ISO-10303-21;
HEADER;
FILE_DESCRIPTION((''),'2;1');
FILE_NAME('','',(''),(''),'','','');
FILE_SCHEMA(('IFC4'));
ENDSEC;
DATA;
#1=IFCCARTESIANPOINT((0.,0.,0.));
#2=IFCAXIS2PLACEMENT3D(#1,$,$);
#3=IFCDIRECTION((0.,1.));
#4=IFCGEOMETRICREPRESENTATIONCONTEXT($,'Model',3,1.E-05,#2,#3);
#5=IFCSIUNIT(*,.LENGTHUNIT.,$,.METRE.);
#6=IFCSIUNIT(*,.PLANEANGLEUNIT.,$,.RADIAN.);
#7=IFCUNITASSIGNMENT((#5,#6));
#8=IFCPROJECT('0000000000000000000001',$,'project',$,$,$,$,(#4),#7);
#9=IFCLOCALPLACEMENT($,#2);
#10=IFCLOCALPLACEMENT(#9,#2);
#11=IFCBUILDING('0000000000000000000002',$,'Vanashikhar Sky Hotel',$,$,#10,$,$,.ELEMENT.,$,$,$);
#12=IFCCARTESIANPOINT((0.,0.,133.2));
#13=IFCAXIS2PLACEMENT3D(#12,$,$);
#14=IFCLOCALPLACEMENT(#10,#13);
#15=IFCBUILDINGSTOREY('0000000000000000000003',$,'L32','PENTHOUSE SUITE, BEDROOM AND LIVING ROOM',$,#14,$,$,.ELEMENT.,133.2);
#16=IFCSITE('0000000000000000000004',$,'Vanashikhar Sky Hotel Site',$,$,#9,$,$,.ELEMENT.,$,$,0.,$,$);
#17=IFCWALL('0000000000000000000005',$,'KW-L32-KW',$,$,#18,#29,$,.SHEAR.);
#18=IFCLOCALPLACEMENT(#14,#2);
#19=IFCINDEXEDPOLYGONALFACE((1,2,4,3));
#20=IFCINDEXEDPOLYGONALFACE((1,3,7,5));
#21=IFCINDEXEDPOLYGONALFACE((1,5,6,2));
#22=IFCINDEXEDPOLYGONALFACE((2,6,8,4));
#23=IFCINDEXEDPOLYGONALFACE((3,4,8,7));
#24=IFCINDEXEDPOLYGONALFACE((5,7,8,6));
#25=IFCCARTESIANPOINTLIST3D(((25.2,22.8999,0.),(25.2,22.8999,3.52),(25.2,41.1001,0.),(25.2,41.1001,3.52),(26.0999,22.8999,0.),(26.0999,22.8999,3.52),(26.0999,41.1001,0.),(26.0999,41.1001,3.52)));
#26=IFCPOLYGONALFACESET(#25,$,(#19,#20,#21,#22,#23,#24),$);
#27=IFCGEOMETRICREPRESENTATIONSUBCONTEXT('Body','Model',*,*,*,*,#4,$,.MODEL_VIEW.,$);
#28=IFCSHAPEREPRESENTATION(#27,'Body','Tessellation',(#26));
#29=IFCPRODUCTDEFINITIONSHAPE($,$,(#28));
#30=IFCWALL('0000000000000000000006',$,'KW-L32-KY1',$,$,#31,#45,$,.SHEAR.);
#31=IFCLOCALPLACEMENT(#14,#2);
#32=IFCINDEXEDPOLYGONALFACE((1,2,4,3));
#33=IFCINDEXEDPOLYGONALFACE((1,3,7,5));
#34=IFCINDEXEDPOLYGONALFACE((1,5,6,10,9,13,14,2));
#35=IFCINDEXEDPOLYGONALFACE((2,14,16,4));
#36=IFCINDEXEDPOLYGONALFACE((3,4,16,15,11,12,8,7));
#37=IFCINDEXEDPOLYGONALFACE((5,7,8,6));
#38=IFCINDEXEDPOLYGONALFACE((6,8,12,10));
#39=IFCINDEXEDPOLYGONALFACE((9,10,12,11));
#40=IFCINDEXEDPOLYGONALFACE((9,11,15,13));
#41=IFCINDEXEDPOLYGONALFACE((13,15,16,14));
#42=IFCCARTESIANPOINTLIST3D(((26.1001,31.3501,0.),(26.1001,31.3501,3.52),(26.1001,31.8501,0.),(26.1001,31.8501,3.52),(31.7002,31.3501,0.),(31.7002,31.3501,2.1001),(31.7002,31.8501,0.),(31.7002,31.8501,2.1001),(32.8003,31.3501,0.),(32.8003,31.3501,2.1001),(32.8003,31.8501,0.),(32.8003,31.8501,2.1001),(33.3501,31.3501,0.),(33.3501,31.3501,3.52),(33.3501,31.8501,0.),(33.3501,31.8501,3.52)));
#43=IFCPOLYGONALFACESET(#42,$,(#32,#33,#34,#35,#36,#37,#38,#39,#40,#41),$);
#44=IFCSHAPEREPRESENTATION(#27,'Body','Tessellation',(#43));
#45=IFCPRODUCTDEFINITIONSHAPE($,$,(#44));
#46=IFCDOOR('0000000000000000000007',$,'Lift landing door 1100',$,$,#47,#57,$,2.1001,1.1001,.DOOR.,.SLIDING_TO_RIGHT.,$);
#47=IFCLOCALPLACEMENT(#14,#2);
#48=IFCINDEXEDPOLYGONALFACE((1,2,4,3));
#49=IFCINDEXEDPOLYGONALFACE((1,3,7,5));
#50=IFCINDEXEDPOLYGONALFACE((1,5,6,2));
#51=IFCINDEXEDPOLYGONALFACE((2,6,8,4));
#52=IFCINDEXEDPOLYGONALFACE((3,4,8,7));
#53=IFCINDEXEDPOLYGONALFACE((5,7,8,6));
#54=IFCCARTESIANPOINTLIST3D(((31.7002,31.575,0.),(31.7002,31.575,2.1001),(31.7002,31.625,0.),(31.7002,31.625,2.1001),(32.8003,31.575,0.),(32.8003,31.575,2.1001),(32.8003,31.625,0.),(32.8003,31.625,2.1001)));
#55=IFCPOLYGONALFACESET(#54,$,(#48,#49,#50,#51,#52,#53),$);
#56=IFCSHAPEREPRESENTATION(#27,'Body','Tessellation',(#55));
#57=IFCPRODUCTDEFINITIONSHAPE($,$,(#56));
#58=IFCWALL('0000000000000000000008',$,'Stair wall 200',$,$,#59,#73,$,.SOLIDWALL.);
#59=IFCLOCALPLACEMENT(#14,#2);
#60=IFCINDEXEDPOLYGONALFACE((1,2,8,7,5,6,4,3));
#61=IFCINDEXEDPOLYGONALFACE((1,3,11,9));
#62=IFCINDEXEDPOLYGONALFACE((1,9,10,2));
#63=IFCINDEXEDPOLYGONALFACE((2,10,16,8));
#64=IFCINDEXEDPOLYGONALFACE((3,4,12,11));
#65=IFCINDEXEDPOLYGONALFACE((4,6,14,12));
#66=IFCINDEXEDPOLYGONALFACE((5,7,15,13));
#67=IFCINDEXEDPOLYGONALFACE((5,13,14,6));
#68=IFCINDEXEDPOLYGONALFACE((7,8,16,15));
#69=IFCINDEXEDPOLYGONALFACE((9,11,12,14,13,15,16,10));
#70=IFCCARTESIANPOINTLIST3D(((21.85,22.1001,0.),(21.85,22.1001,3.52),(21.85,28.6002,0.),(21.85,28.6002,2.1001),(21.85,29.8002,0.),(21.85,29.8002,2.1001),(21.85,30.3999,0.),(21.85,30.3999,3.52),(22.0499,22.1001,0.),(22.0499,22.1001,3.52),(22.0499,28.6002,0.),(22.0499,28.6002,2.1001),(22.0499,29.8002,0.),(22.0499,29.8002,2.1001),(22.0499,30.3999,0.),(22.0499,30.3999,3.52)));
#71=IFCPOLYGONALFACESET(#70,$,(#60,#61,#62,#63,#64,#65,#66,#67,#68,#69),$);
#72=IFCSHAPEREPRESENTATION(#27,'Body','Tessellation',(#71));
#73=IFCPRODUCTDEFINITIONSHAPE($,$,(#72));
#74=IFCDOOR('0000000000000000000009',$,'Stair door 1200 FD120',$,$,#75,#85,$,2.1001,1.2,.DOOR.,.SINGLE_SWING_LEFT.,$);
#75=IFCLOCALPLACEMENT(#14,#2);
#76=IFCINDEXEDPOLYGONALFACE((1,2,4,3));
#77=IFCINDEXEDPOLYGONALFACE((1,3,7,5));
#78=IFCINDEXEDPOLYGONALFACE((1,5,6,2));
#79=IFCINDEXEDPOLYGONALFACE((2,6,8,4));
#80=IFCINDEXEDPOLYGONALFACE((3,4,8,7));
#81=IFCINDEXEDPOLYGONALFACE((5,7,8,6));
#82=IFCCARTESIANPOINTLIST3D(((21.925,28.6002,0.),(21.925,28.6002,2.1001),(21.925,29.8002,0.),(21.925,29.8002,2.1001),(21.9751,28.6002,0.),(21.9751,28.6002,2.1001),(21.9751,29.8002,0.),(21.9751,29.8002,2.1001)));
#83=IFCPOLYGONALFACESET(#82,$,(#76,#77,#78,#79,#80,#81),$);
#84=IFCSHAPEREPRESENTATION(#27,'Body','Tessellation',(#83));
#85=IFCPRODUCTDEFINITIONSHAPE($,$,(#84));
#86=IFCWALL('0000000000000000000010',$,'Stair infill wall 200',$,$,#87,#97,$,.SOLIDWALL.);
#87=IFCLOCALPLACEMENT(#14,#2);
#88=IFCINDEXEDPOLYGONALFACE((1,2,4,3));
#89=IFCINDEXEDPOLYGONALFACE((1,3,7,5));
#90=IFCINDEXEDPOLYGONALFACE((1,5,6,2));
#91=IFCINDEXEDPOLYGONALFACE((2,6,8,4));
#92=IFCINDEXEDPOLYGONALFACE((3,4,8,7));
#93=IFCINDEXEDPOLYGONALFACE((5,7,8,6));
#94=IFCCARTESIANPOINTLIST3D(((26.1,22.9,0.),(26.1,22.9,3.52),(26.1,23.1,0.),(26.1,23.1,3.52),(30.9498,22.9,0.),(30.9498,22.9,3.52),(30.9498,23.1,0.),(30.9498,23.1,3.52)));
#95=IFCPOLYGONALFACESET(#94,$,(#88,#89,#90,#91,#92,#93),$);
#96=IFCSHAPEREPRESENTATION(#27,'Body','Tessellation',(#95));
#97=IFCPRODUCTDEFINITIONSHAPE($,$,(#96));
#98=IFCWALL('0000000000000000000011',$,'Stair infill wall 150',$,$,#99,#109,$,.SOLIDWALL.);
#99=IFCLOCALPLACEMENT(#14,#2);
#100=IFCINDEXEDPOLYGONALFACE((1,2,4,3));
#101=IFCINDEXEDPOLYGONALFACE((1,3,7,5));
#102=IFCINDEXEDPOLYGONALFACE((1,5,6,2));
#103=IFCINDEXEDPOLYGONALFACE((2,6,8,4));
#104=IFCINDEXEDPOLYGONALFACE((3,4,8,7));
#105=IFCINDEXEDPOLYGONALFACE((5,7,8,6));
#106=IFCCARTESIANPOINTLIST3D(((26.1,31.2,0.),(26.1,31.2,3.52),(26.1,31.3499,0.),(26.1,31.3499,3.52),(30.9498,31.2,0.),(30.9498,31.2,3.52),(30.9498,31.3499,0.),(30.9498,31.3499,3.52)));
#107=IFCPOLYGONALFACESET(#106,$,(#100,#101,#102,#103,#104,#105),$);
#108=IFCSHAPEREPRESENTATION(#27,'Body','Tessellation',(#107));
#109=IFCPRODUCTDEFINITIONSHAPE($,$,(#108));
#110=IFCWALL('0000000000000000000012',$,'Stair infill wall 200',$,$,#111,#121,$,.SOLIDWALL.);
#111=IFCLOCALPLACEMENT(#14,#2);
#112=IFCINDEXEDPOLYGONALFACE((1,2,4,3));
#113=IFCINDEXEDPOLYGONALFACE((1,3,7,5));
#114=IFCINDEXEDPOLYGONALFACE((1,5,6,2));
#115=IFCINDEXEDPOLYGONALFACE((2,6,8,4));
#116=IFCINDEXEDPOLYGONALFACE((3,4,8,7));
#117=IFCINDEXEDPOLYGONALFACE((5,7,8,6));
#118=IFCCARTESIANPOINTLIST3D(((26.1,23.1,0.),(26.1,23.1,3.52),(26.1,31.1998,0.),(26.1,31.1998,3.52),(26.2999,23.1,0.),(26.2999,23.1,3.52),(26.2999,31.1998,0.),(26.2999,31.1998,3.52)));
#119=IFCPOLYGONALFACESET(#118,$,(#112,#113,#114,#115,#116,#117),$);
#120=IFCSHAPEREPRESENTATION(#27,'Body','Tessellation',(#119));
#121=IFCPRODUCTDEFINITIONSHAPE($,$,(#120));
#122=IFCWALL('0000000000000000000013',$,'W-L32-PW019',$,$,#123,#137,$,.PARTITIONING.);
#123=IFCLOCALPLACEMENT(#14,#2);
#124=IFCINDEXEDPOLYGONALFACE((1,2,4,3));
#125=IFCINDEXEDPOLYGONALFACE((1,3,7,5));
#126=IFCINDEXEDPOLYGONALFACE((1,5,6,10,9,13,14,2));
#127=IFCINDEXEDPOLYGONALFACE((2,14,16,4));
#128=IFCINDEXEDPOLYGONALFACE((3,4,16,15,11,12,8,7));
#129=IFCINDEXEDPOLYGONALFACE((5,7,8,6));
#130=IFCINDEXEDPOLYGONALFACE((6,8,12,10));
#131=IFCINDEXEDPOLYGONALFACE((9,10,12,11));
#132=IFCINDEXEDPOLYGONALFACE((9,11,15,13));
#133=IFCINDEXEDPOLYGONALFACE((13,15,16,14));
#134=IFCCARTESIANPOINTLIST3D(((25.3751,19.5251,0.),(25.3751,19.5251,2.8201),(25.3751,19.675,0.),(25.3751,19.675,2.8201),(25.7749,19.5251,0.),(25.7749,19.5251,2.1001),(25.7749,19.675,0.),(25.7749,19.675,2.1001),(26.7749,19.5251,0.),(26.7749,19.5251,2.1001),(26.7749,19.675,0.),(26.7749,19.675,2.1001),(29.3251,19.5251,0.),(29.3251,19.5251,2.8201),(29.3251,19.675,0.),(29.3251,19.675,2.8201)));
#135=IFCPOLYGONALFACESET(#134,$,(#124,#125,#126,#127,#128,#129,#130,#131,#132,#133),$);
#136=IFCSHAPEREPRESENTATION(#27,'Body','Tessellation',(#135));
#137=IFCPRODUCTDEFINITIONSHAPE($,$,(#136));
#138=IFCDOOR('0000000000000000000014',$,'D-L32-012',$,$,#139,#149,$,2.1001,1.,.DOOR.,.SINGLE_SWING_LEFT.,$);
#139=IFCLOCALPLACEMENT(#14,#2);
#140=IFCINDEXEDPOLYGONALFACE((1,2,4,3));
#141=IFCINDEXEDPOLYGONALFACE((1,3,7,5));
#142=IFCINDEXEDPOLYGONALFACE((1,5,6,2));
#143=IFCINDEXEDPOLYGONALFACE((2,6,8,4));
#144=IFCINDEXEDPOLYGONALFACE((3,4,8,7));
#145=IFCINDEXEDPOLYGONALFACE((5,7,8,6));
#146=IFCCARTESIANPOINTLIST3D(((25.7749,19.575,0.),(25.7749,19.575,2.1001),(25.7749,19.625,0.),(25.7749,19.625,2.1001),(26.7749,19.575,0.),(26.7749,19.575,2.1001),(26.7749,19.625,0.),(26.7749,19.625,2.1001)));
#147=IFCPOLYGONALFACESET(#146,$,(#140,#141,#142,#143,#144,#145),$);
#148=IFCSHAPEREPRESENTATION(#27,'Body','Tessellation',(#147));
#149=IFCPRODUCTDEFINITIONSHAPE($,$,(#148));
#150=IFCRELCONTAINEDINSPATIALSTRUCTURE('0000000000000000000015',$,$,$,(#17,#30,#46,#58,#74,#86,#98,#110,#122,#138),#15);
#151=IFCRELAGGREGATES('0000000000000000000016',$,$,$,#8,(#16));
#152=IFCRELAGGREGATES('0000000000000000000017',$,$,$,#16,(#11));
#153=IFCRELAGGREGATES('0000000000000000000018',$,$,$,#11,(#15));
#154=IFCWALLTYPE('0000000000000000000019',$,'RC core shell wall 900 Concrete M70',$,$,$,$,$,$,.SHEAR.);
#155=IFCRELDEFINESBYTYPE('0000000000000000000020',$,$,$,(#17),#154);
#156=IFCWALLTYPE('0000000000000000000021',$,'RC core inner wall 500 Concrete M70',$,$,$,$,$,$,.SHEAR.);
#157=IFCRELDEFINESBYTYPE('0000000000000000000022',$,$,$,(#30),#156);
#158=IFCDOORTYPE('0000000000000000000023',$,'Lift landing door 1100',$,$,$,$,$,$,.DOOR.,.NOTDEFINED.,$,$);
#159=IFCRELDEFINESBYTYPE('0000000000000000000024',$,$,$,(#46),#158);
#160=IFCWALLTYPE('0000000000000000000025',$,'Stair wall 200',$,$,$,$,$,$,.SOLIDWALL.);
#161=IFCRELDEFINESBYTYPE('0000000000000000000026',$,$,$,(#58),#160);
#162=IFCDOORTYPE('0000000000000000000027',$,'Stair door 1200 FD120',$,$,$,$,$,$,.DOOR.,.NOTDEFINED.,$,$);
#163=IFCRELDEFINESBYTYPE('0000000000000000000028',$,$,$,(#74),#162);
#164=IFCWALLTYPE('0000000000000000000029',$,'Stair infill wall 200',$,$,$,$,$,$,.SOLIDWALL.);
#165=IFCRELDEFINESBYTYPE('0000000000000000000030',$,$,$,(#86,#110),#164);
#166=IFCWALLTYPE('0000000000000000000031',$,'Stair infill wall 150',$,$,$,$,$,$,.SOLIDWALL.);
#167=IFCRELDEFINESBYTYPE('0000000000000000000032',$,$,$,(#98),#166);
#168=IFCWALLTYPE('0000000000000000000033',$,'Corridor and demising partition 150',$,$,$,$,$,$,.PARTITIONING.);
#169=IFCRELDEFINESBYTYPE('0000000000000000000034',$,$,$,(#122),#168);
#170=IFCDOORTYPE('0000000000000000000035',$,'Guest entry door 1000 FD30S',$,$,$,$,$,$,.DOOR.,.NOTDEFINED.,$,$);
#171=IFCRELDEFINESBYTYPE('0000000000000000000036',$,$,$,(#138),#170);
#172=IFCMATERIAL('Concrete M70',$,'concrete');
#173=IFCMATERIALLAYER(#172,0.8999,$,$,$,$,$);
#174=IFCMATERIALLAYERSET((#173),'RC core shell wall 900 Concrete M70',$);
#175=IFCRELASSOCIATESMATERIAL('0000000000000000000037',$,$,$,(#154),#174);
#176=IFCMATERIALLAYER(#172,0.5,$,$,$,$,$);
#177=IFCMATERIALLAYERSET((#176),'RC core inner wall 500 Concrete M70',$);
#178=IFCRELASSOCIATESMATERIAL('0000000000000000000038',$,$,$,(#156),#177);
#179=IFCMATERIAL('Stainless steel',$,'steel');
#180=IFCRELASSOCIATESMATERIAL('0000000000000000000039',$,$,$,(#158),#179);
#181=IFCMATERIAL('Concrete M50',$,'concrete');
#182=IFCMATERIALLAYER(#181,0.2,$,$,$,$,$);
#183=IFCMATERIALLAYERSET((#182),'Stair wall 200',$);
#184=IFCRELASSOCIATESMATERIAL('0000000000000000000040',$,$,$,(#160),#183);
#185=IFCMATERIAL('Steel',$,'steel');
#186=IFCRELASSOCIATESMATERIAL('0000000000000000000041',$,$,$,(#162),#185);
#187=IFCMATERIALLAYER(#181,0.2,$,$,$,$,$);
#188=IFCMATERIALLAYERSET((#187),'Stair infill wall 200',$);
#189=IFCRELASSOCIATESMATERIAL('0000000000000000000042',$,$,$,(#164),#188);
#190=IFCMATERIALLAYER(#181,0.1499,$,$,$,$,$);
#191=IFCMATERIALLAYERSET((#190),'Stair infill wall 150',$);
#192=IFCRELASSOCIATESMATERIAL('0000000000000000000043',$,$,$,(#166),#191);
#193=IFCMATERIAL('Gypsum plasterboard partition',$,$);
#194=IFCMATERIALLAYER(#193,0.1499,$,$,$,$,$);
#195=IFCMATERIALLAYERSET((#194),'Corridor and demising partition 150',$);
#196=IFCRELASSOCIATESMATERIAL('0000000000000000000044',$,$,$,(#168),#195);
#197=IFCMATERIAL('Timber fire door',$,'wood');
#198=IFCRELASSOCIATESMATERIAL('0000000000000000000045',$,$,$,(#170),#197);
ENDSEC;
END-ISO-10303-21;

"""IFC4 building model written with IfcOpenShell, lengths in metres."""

from ifc_helpers import new_model, si_unit, direction, frame, frame_2d, origin, place, context, subcontext, project, spatial, rectangle, extrude, source, transform, mapped, material, layer, layer_set, type_object, element, fill, save


model = new_model("IFC4")

# Units and contexts
model_context = context("Model", 3, precision=1e-05, world=origin(), true_north=direction((0.0, 1.0)))
body_context = subcontext(model_context, "Body", "Model", "MODEL_VIEW")
ifc_project = project(units=[si_unit("LENGTHUNIT", "METRE"), si_unit("PLANEANGLEUNIT", "RADIAN")], contexts=[model_context])

# Site, building, storey
site_placement = place(None, origin())
site = spatial("IfcSite", under=ifc_project, at=site_placement, Name="Vanashikhar Sky Hotel Site", CompositionType="ELEMENT", RefElevation=0.0)
building_placement = place(site_placement, origin())
building = spatial("IfcBuilding", under=site, at=building_placement, Name="Vanashikhar Sky Hotel", CompositionType="ELEMENT")
storey_placement = place(building_placement, frame((0.0, 0.0, 133.2)))
storey = spatial("IfcBuildingStorey", under=building, at=storey_placement, Name="L32", Description="PENTHOUSE SUITE, BEDROOM AND LIVING ROOM", CompositionType="ELEMENT", Elevation=133.2)

# Shared definitions
ifc_material_1 = material(Name="Concrete M70", Category="concrete")
ifc_layer_1 = layer(ifc_material_1, 0.8999)
ifc_layer_set_1 = layer_set([ifc_layer_1], Name="RC core shell wall 900 Concrete M70")
wall_type_1 = type_object("IfcWallType", Name="RC core shell wall 900 Concrete M70", PredefinedType="SHEAR", material=ifc_layer_set_1)
ifc_material_2 = material(Name="Steel", Category="steel")

# Wall
shared_shape_1 = source(origin(), body_context, "Body", "SweptSolid", [
    extrude(rectangle(XDim=18.2002, YDim=0.8999, at=frame_2d((9.1001, 0.0))), origin(), (0.0, 0.0, 1.0), 3.52),
])
wall_1_placement = place(storey_placement, frame((25.6499, 22.8999, 0.0), z_axis=(0.0, 0.0, 1.0), x_axis=(0.0, 1.0, 0.0)))
element("IfcWall", 1, at=wall_1_placement, inside=storey, type_object=wall_type_1, Name="KW-L32-KW", PredefinedType="SHEAR", context=body_context, shape_type="MappedRepresentation", body=[
    mapped(shared_shape_1, transform((0.0, 0.0, 0.0), scale=1.0)),
])

# Walls, openings, doors
ifc_layer_2 = layer(ifc_material_1, 0.5)
ifc_layer_set_2 = layer_set([ifc_layer_2], Name="RC core inner wall 500 Concrete M70")
wall_type_2 = type_object("IfcWallType", Name="RC core inner wall 500 Concrete M70", PredefinedType="SHEAR", material=ifc_layer_set_2)
shared_shape_2 = source(origin(), body_context, "Body", "SweptSolid", [
    extrude(rectangle(XDim=7.25, YDim=0.5, at=frame_2d((3.625, 0.0))), origin(), (0.0, 0.0, 1.0), 3.52),
])
wall_2_placement = place(storey_placement, frame((26.1001, 31.6001, 0.0), z_axis=(0.0, 0.0, 1.0), x_axis=(1.0, 0.0, 0.0)))
wall_2 = element("IfcWall", 2, at=wall_2_placement, inside=storey, type_object=wall_type_2, Name="KW-L32-KY1", PredefinedType="SHEAR", context=body_context, shape_type="MappedRepresentation", body=[
    mapped(shared_shape_2, transform((0.0, 0.0, 0.0), scale=1.0)),
])
shared_shape_3 = source(origin(), body_context, "Body", "SweptSolid", [
    extrude(rectangle(XDim=1.1001, YDim=2.1001, at=frame_2d((0.55, 1.05))), frame((0.0, 0.26, 0.0), z_axis=(0.0, -1.0, 0.0), x_axis=(1.0, 0.0, 0.0)), (0.0, 0.0, 1.0), 0.52),
])
opening_1_placement = place(wall_2_placement, frame((5.6001, 0.0, 0.0)))
opening_1 = element("IfcOpeningElement", 3, at=opening_1_placement, cuts=wall_2, PredefinedType="OPENING", context=body_context, shape_type="MappedRepresentation", body=[
    mapped(shared_shape_3, transform((0.0, 0.0, 0.0), scale=1.0)),
])
ifc_material_3 = material(Name="Stainless steel", Category="steel")
door_type_1 = type_object("IfcDoorType", Name="Lift landing door 1100", OperationType="NOTDEFINED", PredefinedType="DOOR", material=ifc_material_3)
shared_shape_4 = source(origin(), body_context, "Body", "SweptSolid", [
    extrude(rectangle(XDim=1.1001, YDim=2.1001, at=frame_2d((0.55, 1.05))), frame((0.0, 0.0249, 0.0), z_axis=(0.0, -1.0, 0.0), x_axis=(1.0, 0.0, 0.0)), (0.0, 0.0, 1.0), 0.05),
])
door_1_placement = place(opening_1_placement, origin())
door_1 = element("IfcDoor", 4, at=door_1_placement, inside=storey, type_object=door_type_1, Name="Lift landing door 1100", OperationType="SLIDING_TO_RIGHT", OverallHeight=2.1001, OverallWidth=1.1001, PredefinedType="DOOR", context=body_context, shape_type="MappedRepresentation", body=[
    mapped(shared_shape_4, transform((0.0, 0.0, 0.0), scale=1.0)),
])
fill(opening_1, door_1)
ifc_material_4 = material(Name="Concrete M50", Category="concrete")
ifc_layer_3 = layer(ifc_material_4, 0.2)
ifc_layer_set_3 = layer_set([ifc_layer_3], Name="Stair wall 200")
wall_type_3 = type_object("IfcWallType", Name="Stair wall 200", PredefinedType="SOLIDWALL", material=ifc_layer_set_3)
shared_shape_5 = source(origin(), body_context, "Body", "SweptSolid", [
    extrude(rectangle(XDim=8.2998, YDim=0.2, at=frame_2d((4.1499, 0.0))), origin(), (0.0, 0.0, 1.0), 3.52),
])
wall_3_placement = place(storey_placement, frame((21.95, 22.1001, 0.0), z_axis=(0.0, 0.0, 1.0), x_axis=(0.0, 1.0, 0.0)))
wall_3 = element("IfcWall", 5, at=wall_3_placement, inside=storey, type_object=wall_type_3, Name="Stair wall 200", PredefinedType="SOLIDWALL", context=body_context, shape_type="MappedRepresentation", body=[
    mapped(shared_shape_5, transform((0.0, 0.0, 0.0), scale=1.0)),
])
shared_shape_6 = source(origin(), body_context, "Body", "SweptSolid", [
    extrude(rectangle(XDim=1.2, YDim=2.1001, at=frame_2d((0.6001, 1.05))), frame((0.0, 0.1099, 0.0), z_axis=(0.0, -1.0, 0.0), x_axis=(1.0, 0.0, 0.0)), (0.0, 0.0, 1.0), 0.22),
])
opening_2_placement = place(wall_3_placement, frame((6.5, 0.0, 0.0)))
opening_2 = element("IfcOpeningElement", 6, at=opening_2_placement, cuts=wall_3, PredefinedType="OPENING", context=body_context, shape_type="MappedRepresentation", body=[
    mapped(shared_shape_6, transform((0.0, 0.0, 0.0), scale=1.0)),
])
door_type_2 = type_object("IfcDoorType", Name="Stair door 1200 FD120", OperationType="NOTDEFINED", PredefinedType="DOOR", material=ifc_material_2)
shared_shape_7 = source(origin(), body_context, "Body", "SweptSolid", [
    extrude(rectangle(XDim=1.2, YDim=2.1001, at=frame_2d((0.6001, 1.05))), frame((0.0, 0.0249, 0.0), z_axis=(0.0, -1.0, 0.0), x_axis=(1.0, 0.0, 0.0)), (0.0, 0.0, 1.0), 0.05),
])
door_2_placement = place(opening_2_placement, origin())
door_2 = element("IfcDoor", 7, at=door_2_placement, inside=storey, type_object=door_type_2, Name="Stair door 1200 FD120", OperationType="SINGLE_SWING_LEFT", OverallHeight=2.1001, OverallWidth=1.2, PredefinedType="DOOR", context=body_context, shape_type="MappedRepresentation", body=[
    mapped(shared_shape_7, transform((0.0, 0.0, 0.0), scale=1.0)),
])
fill(opening_2, door_2)

# Walls
ifc_layer_4 = layer(ifc_material_4, 0.2)
ifc_layer_set_4 = layer_set([ifc_layer_4], Name="Stair infill wall 200")
wall_type_4 = type_object("IfcWallType", Name="Stair infill wall 200", PredefinedType="SOLIDWALL", material=ifc_layer_set_4)
shared_shape_8 = source(origin(), body_context, "Body", "SweptSolid", [
    extrude(rectangle(XDim=4.8499, YDim=0.2, at=frame_2d((2.4248, 0.0))), origin(), (0.0, 0.0, 1.0), 3.52),
])
wall_4_placement = place(storey_placement, frame((26.1001, 23.0, 0.0), z_axis=(0.0, 0.0, 1.0), x_axis=(1.0, 0.0, 0.0)))
element("IfcWall", 8, at=wall_4_placement, inside=storey, type_object=wall_type_4, Name="Stair infill wall 200", PredefinedType="SOLIDWALL", context=body_context, shape_type="MappedRepresentation", body=[
    mapped(shared_shape_8, transform((0.0, 0.0, 0.0), scale=1.0)),
])
ifc_layer_5 = layer(ifc_material_4, 0.1499)
ifc_layer_set_5 = layer_set([ifc_layer_5], Name="Stair infill wall 150")
wall_type_5 = type_object("IfcWallType", Name="Stair infill wall 150", PredefinedType="SOLIDWALL", material=ifc_layer_set_5)
shared_shape_9 = source(origin(), body_context, "Body", "SweptSolid", [
    extrude(rectangle(XDim=4.8499, YDim=0.1499, at=frame_2d((2.4248, 0.0))), origin(), (0.0, 0.0, 1.0), 3.52),
])
wall_5_placement = place(storey_placement, frame((26.1001, 31.2749, 0.0), z_axis=(0.0, 0.0, 1.0), x_axis=(1.0, 0.0, 0.0)))
element("IfcWall", 9, at=wall_5_placement, inside=storey, type_object=wall_type_5, Name="Stair infill wall 150", PredefinedType="SOLIDWALL", context=body_context, shape_type="MappedRepresentation", body=[
    mapped(shared_shape_9, transform((0.0, 0.0, 0.0), scale=1.0)),
])
shared_shape_10 = source(origin(), body_context, "Body", "SweptSolid", [
    extrude(rectangle(XDim=8.0999, YDim=0.2, at=frame_2d((4.0498, 0.0))), origin(), (0.0, 0.0, 1.0), 3.52),
])
wall_6_placement = place(storey_placement, frame((26.2, 23.1001, 0.0), z_axis=(0.0, 0.0, 1.0), x_axis=(0.0, 1.0, 0.0)))
element("IfcWall", 10, at=wall_6_placement, inside=storey, type_object=wall_type_4, Name="Stair infill wall 200", PredefinedType="SOLIDWALL", context=body_context, shape_type="MappedRepresentation", body=[
    mapped(shared_shape_10, transform((0.0, 0.0, 0.0), scale=1.0)),
])

# Wall, opening, door
ifc_material_5 = material(Name="Gypsum plasterboard partition")
ifc_layer_6 = layer(ifc_material_5, 0.1499)
ifc_layer_set_6 = layer_set([ifc_layer_6], Name="Corridor and demising partition 150")
wall_type_6 = type_object("IfcWallType", Name="Corridor and demising partition 150", PredefinedType="PARTITIONING", material=ifc_layer_set_6)
shared_shape_11 = source(origin(), body_context, "Body", "SweptSolid", [
    extrude(rectangle(XDim=3.95, YDim=0.1499, at=frame_2d((1.9751, 0.0))), origin(), (0.0, 0.0, 1.0), 2.8201),
])
wall_7_placement = place(storey_placement, frame((25.375, 19.6001, 0.0), z_axis=(0.0, 0.0, 1.0), x_axis=(1.0, 0.0, 0.0)))
wall_7 = element("IfcWall", 11, at=wall_7_placement, inside=storey, type_object=wall_type_6, Name="W-L32-PW019", PredefinedType="PARTITIONING", context=body_context, shape_type="MappedRepresentation", body=[
    mapped(shared_shape_11, transform((0.0, 0.0, 0.0), scale=1.0)),
])
shared_shape_12 = source(origin(), body_context, "Body", "SweptSolid", [
    extrude(rectangle(XDim=1.0, YDim=2.1001, at=frame_2d((0.5, 1.05))), frame((0.0, 0.085, 0.0), z_axis=(0.0, -1.0, 0.0), x_axis=(1.0, 0.0, 0.0)), (0.0, 0.0, 1.0), 0.1699),
])
opening_3_placement = place(wall_7_placement, frame((0.3999, 0.0, 0.0)))
opening_3 = element("IfcOpeningElement", 12, at=opening_3_placement, cuts=wall_7, PredefinedType="OPENING", context=body_context, shape_type="MappedRepresentation", body=[
    mapped(shared_shape_12, transform((0.0, 0.0, 0.0), scale=1.0)),
])
ifc_material_6 = material(Name="Timber fire door", Category="wood")
door_type_3 = type_object("IfcDoorType", Name="Guest entry door 1000 FD30S", OperationType="NOTDEFINED", PredefinedType="DOOR", material=ifc_material_6)
shared_shape_13 = source(origin(), body_context, "Body", "SweptSolid", [
    extrude(rectangle(XDim=1.0, YDim=2.1001, at=frame_2d((0.5, 1.05))), frame((0.0, 0.0249, 0.0), z_axis=(0.0, -1.0, 0.0), x_axis=(1.0, 0.0, 0.0)), (0.0, 0.0, 1.0), 0.05),
])
door_3_placement = place(opening_3_placement, origin())
door_3 = element("IfcDoor", 13, at=door_3_placement, inside=storey, type_object=door_type_3, Name="D-L32-012", OperationType="SINGLE_SWING_LEFT", OverallHeight=2.1001, OverallWidth=1.0, PredefinedType="DOOR", context=body_context, shape_type="MappedRepresentation", body=[
    mapped(shared_shape_13, transform((0.0, 0.0, 0.0), scale=1.0)),
])
fill(opening_3, door_3)

save(model, "model.ifc")
